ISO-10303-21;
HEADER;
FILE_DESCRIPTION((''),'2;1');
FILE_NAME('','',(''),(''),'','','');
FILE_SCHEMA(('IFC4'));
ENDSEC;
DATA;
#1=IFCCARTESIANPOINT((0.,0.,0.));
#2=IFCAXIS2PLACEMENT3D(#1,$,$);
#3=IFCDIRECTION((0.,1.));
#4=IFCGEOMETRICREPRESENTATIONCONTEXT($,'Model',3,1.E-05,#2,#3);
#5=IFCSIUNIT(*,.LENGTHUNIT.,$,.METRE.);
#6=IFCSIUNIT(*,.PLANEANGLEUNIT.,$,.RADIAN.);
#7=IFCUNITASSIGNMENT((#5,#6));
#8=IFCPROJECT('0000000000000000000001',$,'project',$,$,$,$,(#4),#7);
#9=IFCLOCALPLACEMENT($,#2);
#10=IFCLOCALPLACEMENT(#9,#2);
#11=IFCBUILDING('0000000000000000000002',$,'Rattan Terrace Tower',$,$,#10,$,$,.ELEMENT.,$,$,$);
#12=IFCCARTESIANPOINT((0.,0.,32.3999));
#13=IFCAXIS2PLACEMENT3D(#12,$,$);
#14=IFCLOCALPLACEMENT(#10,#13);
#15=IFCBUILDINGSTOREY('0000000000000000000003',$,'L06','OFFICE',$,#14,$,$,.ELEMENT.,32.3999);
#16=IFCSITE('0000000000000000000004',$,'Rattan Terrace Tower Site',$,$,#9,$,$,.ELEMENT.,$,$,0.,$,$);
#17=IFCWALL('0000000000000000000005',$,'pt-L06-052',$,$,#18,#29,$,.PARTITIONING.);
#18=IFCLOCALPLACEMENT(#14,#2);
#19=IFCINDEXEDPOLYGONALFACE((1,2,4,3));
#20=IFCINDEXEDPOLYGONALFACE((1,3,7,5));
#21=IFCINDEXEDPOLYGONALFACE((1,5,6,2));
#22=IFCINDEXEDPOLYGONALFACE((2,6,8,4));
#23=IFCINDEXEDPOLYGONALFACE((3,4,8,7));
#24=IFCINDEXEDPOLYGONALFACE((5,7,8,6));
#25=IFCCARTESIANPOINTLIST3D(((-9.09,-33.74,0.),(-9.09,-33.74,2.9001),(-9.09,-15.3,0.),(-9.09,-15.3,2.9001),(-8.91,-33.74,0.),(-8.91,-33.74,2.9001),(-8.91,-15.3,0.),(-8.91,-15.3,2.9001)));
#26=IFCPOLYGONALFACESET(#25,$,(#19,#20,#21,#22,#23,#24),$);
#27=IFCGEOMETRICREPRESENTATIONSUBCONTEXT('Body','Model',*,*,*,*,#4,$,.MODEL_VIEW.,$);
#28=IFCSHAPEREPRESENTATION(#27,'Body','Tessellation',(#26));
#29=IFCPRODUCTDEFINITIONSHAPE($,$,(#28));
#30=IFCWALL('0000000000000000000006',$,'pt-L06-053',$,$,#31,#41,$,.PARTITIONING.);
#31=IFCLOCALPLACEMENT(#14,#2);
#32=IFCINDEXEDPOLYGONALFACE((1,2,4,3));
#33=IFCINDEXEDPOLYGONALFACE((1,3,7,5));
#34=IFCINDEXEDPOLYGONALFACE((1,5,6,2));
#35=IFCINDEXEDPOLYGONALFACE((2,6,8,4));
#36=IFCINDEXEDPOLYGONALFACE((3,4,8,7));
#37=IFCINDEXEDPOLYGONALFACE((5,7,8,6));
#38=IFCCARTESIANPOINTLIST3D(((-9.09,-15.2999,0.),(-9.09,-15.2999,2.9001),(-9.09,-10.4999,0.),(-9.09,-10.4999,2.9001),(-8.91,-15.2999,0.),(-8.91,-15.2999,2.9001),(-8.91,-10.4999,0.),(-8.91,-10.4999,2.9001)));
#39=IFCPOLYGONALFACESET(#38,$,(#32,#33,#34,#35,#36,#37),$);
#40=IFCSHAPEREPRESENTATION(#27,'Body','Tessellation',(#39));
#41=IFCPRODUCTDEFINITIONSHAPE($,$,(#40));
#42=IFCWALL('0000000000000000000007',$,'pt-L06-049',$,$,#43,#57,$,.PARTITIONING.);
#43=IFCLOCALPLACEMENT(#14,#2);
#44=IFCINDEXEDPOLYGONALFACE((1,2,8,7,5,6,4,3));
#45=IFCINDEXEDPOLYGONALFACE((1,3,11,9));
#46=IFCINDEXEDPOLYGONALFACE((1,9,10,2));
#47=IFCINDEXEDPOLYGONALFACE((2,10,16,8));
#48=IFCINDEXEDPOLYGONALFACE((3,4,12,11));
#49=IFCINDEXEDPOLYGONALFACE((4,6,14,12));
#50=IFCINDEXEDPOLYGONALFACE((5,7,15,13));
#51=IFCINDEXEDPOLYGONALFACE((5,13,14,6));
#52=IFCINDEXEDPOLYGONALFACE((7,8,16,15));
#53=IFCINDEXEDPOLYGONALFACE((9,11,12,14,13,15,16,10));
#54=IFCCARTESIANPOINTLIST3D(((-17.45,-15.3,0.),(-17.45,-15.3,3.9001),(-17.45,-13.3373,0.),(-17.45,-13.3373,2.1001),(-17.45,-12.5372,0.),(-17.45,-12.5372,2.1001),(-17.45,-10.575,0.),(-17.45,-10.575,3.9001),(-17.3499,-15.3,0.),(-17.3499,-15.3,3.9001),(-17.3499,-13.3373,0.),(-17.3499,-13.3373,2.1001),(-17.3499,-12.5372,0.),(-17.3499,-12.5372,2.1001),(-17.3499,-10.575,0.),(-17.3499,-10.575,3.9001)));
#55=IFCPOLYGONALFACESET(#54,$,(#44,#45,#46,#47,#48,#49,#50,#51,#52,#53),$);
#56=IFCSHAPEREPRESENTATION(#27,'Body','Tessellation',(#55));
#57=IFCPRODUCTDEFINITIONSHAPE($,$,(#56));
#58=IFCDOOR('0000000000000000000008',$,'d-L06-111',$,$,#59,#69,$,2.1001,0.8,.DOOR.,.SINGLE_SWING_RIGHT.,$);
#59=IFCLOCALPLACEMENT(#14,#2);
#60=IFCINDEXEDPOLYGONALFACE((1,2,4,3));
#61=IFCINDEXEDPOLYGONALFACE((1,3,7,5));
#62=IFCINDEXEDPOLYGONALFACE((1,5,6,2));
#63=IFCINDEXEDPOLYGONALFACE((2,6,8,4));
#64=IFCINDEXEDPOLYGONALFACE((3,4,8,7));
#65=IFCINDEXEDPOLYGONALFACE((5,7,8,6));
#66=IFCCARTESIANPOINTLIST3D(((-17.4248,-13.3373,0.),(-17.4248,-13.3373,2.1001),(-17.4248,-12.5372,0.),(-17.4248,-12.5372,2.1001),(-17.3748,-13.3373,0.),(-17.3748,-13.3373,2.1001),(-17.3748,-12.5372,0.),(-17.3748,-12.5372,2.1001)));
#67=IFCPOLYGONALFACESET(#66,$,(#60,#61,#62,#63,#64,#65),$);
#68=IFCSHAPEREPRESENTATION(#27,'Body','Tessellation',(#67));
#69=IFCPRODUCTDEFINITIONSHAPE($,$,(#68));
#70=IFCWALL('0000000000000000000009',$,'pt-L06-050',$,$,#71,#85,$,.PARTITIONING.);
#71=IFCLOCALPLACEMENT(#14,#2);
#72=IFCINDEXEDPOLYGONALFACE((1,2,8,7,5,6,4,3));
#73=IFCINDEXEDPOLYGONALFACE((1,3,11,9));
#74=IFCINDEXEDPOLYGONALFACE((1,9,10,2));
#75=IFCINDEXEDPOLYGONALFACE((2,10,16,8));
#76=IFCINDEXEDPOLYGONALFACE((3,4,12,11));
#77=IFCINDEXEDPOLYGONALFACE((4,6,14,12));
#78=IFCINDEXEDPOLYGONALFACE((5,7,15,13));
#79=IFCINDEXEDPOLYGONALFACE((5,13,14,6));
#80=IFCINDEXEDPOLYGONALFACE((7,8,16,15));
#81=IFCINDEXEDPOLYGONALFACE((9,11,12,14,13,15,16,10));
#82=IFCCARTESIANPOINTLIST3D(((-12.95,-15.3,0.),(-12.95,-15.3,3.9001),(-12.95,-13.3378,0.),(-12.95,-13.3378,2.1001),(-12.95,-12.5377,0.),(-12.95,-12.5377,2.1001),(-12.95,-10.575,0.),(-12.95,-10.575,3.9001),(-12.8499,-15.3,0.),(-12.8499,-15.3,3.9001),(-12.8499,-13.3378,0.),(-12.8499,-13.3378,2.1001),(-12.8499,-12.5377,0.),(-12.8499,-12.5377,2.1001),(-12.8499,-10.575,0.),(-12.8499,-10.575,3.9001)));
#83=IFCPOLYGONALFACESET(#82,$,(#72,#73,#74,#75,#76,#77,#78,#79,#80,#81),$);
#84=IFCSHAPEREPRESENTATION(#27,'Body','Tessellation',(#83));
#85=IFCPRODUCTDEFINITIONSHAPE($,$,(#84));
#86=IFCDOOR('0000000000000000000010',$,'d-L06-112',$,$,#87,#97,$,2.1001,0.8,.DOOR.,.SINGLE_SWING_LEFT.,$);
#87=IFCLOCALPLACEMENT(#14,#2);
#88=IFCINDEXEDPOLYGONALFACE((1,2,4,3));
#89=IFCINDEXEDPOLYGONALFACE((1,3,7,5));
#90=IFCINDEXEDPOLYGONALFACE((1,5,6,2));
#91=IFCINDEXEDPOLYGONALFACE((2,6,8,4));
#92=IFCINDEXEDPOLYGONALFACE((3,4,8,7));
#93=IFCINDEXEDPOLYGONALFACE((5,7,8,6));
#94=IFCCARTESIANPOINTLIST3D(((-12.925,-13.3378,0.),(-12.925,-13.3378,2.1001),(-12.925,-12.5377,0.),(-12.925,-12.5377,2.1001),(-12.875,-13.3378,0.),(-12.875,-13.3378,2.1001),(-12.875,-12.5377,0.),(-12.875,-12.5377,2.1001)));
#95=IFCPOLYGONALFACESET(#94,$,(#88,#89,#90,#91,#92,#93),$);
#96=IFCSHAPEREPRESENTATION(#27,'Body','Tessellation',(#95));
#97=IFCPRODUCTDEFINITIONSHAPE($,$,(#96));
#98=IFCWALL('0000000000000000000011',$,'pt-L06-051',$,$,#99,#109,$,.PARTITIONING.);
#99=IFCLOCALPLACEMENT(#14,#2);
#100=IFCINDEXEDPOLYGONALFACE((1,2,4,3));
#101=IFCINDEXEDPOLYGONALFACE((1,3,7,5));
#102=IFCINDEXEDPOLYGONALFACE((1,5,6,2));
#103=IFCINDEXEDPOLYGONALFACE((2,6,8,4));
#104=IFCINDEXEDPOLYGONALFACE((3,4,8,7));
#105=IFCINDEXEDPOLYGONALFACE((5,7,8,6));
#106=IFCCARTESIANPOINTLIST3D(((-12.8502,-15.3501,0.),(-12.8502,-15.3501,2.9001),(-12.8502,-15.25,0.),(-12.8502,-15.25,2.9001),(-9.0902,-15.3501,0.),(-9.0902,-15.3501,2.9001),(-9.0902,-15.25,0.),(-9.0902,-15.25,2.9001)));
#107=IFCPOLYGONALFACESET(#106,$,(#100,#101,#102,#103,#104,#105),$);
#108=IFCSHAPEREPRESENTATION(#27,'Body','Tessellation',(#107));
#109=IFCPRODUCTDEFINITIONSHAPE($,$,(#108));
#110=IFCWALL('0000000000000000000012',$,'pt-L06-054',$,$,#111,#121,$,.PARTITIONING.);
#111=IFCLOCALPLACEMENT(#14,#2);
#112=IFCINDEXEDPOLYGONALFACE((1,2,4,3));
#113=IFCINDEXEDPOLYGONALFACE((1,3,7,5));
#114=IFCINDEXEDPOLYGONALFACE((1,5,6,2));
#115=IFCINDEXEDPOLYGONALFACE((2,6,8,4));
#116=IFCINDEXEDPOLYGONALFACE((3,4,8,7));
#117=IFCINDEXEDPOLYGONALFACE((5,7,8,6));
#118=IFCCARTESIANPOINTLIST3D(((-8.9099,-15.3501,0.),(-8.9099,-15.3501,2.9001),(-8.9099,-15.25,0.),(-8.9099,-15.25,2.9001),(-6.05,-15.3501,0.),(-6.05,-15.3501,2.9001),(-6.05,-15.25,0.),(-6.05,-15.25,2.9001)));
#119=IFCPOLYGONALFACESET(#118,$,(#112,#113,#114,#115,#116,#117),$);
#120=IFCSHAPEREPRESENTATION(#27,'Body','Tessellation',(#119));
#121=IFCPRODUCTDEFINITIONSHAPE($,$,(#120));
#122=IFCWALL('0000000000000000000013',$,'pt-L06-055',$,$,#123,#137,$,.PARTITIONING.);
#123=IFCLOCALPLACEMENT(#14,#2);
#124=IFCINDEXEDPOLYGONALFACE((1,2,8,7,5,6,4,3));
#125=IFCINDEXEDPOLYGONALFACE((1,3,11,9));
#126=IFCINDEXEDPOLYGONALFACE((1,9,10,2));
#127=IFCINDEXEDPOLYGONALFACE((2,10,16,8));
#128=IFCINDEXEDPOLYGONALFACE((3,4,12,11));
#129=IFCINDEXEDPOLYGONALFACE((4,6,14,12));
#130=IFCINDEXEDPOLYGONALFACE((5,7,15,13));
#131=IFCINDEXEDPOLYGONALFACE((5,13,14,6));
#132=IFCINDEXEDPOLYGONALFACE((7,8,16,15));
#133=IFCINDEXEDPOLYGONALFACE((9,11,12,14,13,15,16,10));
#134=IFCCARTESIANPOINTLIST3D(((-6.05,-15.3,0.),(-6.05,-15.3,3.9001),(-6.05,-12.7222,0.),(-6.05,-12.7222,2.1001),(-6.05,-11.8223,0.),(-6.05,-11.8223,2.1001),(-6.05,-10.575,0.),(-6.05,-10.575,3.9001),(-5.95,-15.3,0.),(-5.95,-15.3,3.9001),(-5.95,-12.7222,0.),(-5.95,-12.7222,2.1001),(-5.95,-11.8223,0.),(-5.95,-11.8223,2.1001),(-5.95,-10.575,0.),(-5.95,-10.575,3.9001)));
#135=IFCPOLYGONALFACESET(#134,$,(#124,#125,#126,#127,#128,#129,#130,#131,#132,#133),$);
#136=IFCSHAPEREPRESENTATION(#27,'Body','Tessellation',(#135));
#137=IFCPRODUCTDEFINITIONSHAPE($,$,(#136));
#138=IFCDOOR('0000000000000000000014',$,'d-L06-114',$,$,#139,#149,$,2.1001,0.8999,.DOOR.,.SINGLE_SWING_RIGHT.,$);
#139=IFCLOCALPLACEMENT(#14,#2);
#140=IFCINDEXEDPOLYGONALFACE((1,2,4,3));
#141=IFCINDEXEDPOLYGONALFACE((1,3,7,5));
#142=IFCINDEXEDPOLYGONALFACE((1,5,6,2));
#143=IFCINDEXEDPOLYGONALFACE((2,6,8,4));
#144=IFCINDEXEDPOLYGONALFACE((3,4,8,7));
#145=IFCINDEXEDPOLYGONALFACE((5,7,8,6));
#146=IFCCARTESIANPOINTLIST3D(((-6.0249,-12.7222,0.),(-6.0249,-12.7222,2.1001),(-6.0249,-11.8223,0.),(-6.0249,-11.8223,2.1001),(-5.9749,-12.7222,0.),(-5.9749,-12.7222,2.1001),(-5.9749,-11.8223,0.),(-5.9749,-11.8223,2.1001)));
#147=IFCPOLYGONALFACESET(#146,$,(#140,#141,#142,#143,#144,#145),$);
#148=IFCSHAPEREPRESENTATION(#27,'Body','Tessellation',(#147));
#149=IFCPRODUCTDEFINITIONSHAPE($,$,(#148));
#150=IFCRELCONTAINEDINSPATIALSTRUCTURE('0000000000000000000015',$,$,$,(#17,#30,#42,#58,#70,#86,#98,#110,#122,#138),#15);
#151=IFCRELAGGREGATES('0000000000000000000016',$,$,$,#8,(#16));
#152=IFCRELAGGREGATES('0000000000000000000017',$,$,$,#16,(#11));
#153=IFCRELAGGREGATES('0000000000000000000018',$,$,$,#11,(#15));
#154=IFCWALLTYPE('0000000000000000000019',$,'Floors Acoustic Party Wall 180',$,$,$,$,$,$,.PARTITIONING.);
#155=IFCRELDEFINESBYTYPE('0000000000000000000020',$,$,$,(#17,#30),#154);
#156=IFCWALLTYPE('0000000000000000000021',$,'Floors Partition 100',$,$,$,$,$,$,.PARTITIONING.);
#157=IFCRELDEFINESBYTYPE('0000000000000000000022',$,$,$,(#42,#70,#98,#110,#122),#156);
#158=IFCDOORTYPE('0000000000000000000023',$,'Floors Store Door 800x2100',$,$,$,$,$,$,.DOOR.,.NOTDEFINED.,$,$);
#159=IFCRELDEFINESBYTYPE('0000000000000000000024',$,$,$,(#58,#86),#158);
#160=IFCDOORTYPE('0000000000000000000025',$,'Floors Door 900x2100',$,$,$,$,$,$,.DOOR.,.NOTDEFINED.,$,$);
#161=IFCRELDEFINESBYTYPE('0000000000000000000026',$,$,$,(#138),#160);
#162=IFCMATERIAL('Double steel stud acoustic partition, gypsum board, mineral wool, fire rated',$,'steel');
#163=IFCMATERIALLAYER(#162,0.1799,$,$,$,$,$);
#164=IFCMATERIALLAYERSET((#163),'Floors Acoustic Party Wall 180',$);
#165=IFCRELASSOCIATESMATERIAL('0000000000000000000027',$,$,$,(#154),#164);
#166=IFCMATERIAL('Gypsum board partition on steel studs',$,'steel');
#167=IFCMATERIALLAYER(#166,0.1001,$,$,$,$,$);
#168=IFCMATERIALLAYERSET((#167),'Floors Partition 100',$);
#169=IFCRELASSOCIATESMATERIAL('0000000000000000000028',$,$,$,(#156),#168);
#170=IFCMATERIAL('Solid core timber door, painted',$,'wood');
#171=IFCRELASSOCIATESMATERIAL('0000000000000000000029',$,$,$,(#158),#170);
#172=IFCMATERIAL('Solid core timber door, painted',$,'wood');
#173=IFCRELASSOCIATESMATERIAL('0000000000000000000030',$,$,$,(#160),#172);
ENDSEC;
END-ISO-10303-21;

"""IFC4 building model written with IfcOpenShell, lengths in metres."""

from ifc_helpers import new_model, si_unit, direction, frame, frame_2d, origin, place, context, subcontext, project, spatial, rectangle, extrude, material, layer, layer_set, type_object, element, fill, save


model = new_model("IFC4")

# Units and contexts
model_context = context("Model", 3, precision=1e-05, world=origin(), true_north=direction((0.0, 1.0)))
body_context = subcontext(model_context, "Body", "Model", "MODEL_VIEW")
ifc_project = project(units=[si_unit("LENGTHUNIT", "METRE"), si_unit("PLANEANGLEUNIT", "RADIAN")], contexts=[model_context])

# Site, building, storey
site_placement = place(None, origin())
site = spatial("IfcSite", under=ifc_project, at=site_placement, Name="Rattan Terrace Tower Site", CompositionType="ELEMENT", RefElevation=0.0)
building_placement = place(site_placement, origin())
building = spatial("IfcBuilding", under=site, at=building_placement, Name="Rattan Terrace Tower", CompositionType="ELEMENT")
storey_placement = place(building_placement, frame((0.0, 0.0, 32.3999)))
storey = spatial("IfcBuildingStorey", under=building, at=storey_placement, Name="L06", Description="OFFICE", CompositionType="ELEMENT", Elevation=32.3999)

# Walls
ifc_material_1 = material(Name="Double steel stud acoustic partition, gypsum board, mineral wool, fire rated", Category="steel")
ifc_layer_1 = layer(ifc_material_1, 0.1799)
ifc_layer_set_1 = layer_set([ifc_layer_1], Name="Floors Acoustic Party Wall 180")
wall_type_1 = type_object("IfcWallType", Name="Floors Acoustic Party Wall 180", PredefinedType="PARTITIONING", material=ifc_layer_set_1)
wall_1_placement = place(storey_placement, frame((-9.0, -15.3, 0.0), z_axis=(0.0, 0.0, 1.0), x_axis=(0.0, -1.0, 0.0)))
element("IfcWall", 1, at=wall_1_placement, inside=storey, type_object=wall_type_1, Name="pt-L06-052", PredefinedType="PARTITIONING", context=body_context, shape_type="SweptSolid", body=[
    extrude(rectangle(XDim=18.4399, YDim=0.1799, at=frame_2d((9.22, 0.0))), origin(), (0.0, 0.0, 1.0), 2.9001),
])
wall_2_placement = place(storey_placement, frame((-9.0, -10.5, 0.0), z_axis=(0.0, 0.0, 1.0), x_axis=(0.0, -1.0, 0.0)))
element("IfcWall", 2, at=wall_2_placement, inside=storey, type_object=wall_type_1, Name="pt-L06-053", PredefinedType="PARTITIONING", context=body_context, shape_type="SweptSolid", body=[
    extrude(rectangle(XDim=4.8, YDim=0.1799, at=frame_2d((2.3999, 0.0))), origin(), (0.0, 0.0, 1.0), 2.9001),
])

# Walls, openings, doors
ifc_material_2 = material(Name="Gypsum board partition on steel studs", Category="steel")
ifc_layer_2 = layer(ifc_material_2, 0.1001)
ifc_layer_set_2 = layer_set([ifc_layer_2], Name="Floors Partition 100")
wall_type_2 = type_object("IfcWallType", Name="Floors Partition 100", PredefinedType="PARTITIONING", material=ifc_layer_set_2)
wall_3_placement = place(storey_placement, frame((-17.3999, -15.3, 0.0), z_axis=(0.0, 0.0, 1.0), x_axis=(0.0, 1.0, 0.0)))
wall_3 = element("IfcWall", 3, at=wall_3_placement, inside=storey, type_object=wall_type_2, Name="pt-L06-049", PredefinedType="PARTITIONING", context=body_context, shape_type="SweptSolid", body=[
    extrude(rectangle(XDim=4.7251, YDim=0.1001, at=frame_2d((2.3625, 0.0))), origin(), (0.0, 0.0, 1.0), 3.9001),
])
opening_1_placement = place(wall_3_placement, frame((1.9629, 0.0, 0.0)))
opening_1 = element("IfcOpeningElement", 4, at=opening_1_placement, cuts=wall_3, PredefinedType="OPENING", context=body_context, shape_type="SweptSolid", body=[
    extrude(rectangle(XDim=0.8, YDim=2.1001, at=frame_2d((0.3999, 1.05))), frame((0.0, 0.0605, 0.0), z_axis=(0.0, -1.0, 0.0), x_axis=(1.0, 0.0, 0.0)), (0.0, 0.0, 1.0), 0.1211),
])
ifc_material_3 = material(Name="Solid core timber door, painted", Category="wood")
door_type_1 = type_object("IfcDoorType", Name="Floors Store Door 800x2100", OperationType="NOTDEFINED", PredefinedType="DOOR", material=ifc_material_3)
door_1_placement = place(opening_1_placement, origin())
door_1 = element("IfcDoor", 5, at=door_1_placement, inside=storey, type_object=door_type_1, Name="d-L06-111", OperationType="SINGLE_SWING_RIGHT", OverallHeight=2.1001, OverallWidth=0.8, PredefinedType="DOOR", context=body_context, shape_type="SweptSolid", body=[
    extrude(rectangle(XDim=0.8, YDim=2.1001, at=frame_2d((0.3999, 1.05))), frame((0.0, 0.0249, 0.0), z_axis=(0.0, -1.0, 0.0), x_axis=(1.0, 0.0, 0.0)), (0.0, 0.0, 1.0), 0.05),
])
fill(opening_1, door_1)
wall_4_placement = place(storey_placement, frame((-12.8999, -10.575, 0.0), z_axis=(0.0, 0.0, 1.0), x_axis=(0.0, -1.0, 0.0)))
wall_4 = element("IfcWall", 6, at=wall_4_placement, inside=storey, type_object=wall_type_2, Name="pt-L06-050", PredefinedType="PARTITIONING", context=body_context, shape_type="SweptSolid", body=[
    extrude(rectangle(XDim=4.7251, YDim=0.1001, at=frame_2d((2.3625, 0.0))), origin(), (0.0, 0.0, 1.0), 3.9001),
])
opening_2_placement = place(wall_4_placement, frame((1.9629, 0.0, 0.0)))
opening_2 = element("IfcOpeningElement", 7, at=opening_2_placement, cuts=wall_4, PredefinedType="OPENING", context=body_context, shape_type="SweptSolid", body=[
    extrude(rectangle(XDim=0.8, YDim=2.1001, at=frame_2d((0.3999, 1.05))), frame((0.0, 0.0605, 0.0), z_axis=(0.0, -1.0, 0.0), x_axis=(1.0, 0.0, 0.0)), (0.0, 0.0, 1.0), 0.1211),
])
door_2_placement = place(opening_2_placement, origin())
door_2 = element("IfcDoor", 8, at=door_2_placement, inside=storey, type_object=door_type_1, Name="d-L06-112", OperationType="SINGLE_SWING_LEFT", OverallHeight=2.1001, OverallWidth=0.8, PredefinedType="DOOR", context=body_context, shape_type="SweptSolid", body=[
    extrude(rectangle(XDim=0.8, YDim=2.1001, at=frame_2d((0.3999, 1.05))), frame((0.0, 0.0249, 0.0), z_axis=(0.0, -1.0, 0.0), x_axis=(1.0, 0.0, 0.0)), (0.0, 0.0, 1.0), 0.05),
])
fill(opening_2, door_2)

# Walls
wall_5_placement = place(storey_placement, frame((-12.8501, -15.3, 0.0), z_axis=(0.0, 0.0, 1.0), x_axis=(1.0, 0.0, 0.0)))
element("IfcWall", 9, at=wall_5_placement, inside=storey, type_object=wall_type_2, Name="pt-L06-051", PredefinedType="PARTITIONING", context=body_context, shape_type="SweptSolid", body=[
    extrude(rectangle(XDim=3.76, YDim=0.1001, at=frame_2d((1.8799, 0.0))), origin(), (0.0, 0.0, 1.0), 2.9001),
])
wall_6_placement = place(storey_placement, frame((-8.9099, -15.3, 0.0), z_axis=(0.0, 0.0, 1.0), x_axis=(1.0, 0.0, 0.0)))
element("IfcWall", 10, at=wall_6_placement, inside=storey, type_object=wall_type_2, Name="pt-L06-054", PredefinedType="PARTITIONING", context=body_context, shape_type="SweptSolid", body=[
    extrude(rectangle(XDim=2.8599, YDim=0.1001, at=frame_2d((1.4299, 0.0))), origin(), (0.0, 0.0, 1.0), 2.9001),
])

# Wall, opening, door
wall_7_placement = place(storey_placement, frame((-6.0, -15.3, 0.0), z_axis=(0.0, 0.0, 1.0), x_axis=(0.0, 1.0, 0.0)))
wall_7 = element("IfcWall", 11, at=wall_7_placement, inside=storey, type_object=wall_type_2, Name="pt-L06-055", PredefinedType="PARTITIONING", context=body_context, shape_type="SweptSolid", body=[
    extrude(rectangle(XDim=4.7251, YDim=0.1001, at=frame_2d((2.3625, 0.0))), origin(), (0.0, 0.0, 1.0), 3.9001),
])
opening_3_placement = place(wall_7_placement, frame((2.5779, 0.0, 0.0)))
opening_3 = element("IfcOpeningElement", 12, at=opening_3_placement, cuts=wall_7, PredefinedType="OPENING", context=body_context, shape_type="SweptSolid", body=[
    extrude(rectangle(XDim=0.8999, YDim=2.1001, at=frame_2d((0.45, 1.05))), frame((0.0, 0.0605, 0.0), z_axis=(0.0, -1.0, 0.0), x_axis=(1.0, 0.0, 0.0)), (0.0, 0.0, 1.0), 0.1211),
])
ifc_material_4 = material(Name="Solid core timber door, painted", Category="wood")
door_type_2 = type_object("IfcDoorType", Name="Floors Door 900x2100", OperationType="NOTDEFINED", PredefinedType="DOOR", material=ifc_material_4)
door_3_placement = place(opening_3_placement, origin())
door_3 = element("IfcDoor", 13, at=door_3_placement, inside=storey, type_object=door_type_2, Name="d-L06-114", OperationType="SINGLE_SWING_RIGHT", OverallHeight=2.1001, OverallWidth=0.8999, PredefinedType="DOOR", context=body_context, shape_type="SweptSolid", body=[
    extrude(rectangle(XDim=0.8999, YDim=2.1001, at=frame_2d((0.45, 1.05))), frame((0.0, 0.0249, 0.0), z_axis=(0.0, -1.0, 0.0), x_axis=(1.0, 0.0, 0.0)), (0.0, 0.0, 1.0), 0.05),
])
fill(opening_3, door_3)

save(model, "model.ifc")
